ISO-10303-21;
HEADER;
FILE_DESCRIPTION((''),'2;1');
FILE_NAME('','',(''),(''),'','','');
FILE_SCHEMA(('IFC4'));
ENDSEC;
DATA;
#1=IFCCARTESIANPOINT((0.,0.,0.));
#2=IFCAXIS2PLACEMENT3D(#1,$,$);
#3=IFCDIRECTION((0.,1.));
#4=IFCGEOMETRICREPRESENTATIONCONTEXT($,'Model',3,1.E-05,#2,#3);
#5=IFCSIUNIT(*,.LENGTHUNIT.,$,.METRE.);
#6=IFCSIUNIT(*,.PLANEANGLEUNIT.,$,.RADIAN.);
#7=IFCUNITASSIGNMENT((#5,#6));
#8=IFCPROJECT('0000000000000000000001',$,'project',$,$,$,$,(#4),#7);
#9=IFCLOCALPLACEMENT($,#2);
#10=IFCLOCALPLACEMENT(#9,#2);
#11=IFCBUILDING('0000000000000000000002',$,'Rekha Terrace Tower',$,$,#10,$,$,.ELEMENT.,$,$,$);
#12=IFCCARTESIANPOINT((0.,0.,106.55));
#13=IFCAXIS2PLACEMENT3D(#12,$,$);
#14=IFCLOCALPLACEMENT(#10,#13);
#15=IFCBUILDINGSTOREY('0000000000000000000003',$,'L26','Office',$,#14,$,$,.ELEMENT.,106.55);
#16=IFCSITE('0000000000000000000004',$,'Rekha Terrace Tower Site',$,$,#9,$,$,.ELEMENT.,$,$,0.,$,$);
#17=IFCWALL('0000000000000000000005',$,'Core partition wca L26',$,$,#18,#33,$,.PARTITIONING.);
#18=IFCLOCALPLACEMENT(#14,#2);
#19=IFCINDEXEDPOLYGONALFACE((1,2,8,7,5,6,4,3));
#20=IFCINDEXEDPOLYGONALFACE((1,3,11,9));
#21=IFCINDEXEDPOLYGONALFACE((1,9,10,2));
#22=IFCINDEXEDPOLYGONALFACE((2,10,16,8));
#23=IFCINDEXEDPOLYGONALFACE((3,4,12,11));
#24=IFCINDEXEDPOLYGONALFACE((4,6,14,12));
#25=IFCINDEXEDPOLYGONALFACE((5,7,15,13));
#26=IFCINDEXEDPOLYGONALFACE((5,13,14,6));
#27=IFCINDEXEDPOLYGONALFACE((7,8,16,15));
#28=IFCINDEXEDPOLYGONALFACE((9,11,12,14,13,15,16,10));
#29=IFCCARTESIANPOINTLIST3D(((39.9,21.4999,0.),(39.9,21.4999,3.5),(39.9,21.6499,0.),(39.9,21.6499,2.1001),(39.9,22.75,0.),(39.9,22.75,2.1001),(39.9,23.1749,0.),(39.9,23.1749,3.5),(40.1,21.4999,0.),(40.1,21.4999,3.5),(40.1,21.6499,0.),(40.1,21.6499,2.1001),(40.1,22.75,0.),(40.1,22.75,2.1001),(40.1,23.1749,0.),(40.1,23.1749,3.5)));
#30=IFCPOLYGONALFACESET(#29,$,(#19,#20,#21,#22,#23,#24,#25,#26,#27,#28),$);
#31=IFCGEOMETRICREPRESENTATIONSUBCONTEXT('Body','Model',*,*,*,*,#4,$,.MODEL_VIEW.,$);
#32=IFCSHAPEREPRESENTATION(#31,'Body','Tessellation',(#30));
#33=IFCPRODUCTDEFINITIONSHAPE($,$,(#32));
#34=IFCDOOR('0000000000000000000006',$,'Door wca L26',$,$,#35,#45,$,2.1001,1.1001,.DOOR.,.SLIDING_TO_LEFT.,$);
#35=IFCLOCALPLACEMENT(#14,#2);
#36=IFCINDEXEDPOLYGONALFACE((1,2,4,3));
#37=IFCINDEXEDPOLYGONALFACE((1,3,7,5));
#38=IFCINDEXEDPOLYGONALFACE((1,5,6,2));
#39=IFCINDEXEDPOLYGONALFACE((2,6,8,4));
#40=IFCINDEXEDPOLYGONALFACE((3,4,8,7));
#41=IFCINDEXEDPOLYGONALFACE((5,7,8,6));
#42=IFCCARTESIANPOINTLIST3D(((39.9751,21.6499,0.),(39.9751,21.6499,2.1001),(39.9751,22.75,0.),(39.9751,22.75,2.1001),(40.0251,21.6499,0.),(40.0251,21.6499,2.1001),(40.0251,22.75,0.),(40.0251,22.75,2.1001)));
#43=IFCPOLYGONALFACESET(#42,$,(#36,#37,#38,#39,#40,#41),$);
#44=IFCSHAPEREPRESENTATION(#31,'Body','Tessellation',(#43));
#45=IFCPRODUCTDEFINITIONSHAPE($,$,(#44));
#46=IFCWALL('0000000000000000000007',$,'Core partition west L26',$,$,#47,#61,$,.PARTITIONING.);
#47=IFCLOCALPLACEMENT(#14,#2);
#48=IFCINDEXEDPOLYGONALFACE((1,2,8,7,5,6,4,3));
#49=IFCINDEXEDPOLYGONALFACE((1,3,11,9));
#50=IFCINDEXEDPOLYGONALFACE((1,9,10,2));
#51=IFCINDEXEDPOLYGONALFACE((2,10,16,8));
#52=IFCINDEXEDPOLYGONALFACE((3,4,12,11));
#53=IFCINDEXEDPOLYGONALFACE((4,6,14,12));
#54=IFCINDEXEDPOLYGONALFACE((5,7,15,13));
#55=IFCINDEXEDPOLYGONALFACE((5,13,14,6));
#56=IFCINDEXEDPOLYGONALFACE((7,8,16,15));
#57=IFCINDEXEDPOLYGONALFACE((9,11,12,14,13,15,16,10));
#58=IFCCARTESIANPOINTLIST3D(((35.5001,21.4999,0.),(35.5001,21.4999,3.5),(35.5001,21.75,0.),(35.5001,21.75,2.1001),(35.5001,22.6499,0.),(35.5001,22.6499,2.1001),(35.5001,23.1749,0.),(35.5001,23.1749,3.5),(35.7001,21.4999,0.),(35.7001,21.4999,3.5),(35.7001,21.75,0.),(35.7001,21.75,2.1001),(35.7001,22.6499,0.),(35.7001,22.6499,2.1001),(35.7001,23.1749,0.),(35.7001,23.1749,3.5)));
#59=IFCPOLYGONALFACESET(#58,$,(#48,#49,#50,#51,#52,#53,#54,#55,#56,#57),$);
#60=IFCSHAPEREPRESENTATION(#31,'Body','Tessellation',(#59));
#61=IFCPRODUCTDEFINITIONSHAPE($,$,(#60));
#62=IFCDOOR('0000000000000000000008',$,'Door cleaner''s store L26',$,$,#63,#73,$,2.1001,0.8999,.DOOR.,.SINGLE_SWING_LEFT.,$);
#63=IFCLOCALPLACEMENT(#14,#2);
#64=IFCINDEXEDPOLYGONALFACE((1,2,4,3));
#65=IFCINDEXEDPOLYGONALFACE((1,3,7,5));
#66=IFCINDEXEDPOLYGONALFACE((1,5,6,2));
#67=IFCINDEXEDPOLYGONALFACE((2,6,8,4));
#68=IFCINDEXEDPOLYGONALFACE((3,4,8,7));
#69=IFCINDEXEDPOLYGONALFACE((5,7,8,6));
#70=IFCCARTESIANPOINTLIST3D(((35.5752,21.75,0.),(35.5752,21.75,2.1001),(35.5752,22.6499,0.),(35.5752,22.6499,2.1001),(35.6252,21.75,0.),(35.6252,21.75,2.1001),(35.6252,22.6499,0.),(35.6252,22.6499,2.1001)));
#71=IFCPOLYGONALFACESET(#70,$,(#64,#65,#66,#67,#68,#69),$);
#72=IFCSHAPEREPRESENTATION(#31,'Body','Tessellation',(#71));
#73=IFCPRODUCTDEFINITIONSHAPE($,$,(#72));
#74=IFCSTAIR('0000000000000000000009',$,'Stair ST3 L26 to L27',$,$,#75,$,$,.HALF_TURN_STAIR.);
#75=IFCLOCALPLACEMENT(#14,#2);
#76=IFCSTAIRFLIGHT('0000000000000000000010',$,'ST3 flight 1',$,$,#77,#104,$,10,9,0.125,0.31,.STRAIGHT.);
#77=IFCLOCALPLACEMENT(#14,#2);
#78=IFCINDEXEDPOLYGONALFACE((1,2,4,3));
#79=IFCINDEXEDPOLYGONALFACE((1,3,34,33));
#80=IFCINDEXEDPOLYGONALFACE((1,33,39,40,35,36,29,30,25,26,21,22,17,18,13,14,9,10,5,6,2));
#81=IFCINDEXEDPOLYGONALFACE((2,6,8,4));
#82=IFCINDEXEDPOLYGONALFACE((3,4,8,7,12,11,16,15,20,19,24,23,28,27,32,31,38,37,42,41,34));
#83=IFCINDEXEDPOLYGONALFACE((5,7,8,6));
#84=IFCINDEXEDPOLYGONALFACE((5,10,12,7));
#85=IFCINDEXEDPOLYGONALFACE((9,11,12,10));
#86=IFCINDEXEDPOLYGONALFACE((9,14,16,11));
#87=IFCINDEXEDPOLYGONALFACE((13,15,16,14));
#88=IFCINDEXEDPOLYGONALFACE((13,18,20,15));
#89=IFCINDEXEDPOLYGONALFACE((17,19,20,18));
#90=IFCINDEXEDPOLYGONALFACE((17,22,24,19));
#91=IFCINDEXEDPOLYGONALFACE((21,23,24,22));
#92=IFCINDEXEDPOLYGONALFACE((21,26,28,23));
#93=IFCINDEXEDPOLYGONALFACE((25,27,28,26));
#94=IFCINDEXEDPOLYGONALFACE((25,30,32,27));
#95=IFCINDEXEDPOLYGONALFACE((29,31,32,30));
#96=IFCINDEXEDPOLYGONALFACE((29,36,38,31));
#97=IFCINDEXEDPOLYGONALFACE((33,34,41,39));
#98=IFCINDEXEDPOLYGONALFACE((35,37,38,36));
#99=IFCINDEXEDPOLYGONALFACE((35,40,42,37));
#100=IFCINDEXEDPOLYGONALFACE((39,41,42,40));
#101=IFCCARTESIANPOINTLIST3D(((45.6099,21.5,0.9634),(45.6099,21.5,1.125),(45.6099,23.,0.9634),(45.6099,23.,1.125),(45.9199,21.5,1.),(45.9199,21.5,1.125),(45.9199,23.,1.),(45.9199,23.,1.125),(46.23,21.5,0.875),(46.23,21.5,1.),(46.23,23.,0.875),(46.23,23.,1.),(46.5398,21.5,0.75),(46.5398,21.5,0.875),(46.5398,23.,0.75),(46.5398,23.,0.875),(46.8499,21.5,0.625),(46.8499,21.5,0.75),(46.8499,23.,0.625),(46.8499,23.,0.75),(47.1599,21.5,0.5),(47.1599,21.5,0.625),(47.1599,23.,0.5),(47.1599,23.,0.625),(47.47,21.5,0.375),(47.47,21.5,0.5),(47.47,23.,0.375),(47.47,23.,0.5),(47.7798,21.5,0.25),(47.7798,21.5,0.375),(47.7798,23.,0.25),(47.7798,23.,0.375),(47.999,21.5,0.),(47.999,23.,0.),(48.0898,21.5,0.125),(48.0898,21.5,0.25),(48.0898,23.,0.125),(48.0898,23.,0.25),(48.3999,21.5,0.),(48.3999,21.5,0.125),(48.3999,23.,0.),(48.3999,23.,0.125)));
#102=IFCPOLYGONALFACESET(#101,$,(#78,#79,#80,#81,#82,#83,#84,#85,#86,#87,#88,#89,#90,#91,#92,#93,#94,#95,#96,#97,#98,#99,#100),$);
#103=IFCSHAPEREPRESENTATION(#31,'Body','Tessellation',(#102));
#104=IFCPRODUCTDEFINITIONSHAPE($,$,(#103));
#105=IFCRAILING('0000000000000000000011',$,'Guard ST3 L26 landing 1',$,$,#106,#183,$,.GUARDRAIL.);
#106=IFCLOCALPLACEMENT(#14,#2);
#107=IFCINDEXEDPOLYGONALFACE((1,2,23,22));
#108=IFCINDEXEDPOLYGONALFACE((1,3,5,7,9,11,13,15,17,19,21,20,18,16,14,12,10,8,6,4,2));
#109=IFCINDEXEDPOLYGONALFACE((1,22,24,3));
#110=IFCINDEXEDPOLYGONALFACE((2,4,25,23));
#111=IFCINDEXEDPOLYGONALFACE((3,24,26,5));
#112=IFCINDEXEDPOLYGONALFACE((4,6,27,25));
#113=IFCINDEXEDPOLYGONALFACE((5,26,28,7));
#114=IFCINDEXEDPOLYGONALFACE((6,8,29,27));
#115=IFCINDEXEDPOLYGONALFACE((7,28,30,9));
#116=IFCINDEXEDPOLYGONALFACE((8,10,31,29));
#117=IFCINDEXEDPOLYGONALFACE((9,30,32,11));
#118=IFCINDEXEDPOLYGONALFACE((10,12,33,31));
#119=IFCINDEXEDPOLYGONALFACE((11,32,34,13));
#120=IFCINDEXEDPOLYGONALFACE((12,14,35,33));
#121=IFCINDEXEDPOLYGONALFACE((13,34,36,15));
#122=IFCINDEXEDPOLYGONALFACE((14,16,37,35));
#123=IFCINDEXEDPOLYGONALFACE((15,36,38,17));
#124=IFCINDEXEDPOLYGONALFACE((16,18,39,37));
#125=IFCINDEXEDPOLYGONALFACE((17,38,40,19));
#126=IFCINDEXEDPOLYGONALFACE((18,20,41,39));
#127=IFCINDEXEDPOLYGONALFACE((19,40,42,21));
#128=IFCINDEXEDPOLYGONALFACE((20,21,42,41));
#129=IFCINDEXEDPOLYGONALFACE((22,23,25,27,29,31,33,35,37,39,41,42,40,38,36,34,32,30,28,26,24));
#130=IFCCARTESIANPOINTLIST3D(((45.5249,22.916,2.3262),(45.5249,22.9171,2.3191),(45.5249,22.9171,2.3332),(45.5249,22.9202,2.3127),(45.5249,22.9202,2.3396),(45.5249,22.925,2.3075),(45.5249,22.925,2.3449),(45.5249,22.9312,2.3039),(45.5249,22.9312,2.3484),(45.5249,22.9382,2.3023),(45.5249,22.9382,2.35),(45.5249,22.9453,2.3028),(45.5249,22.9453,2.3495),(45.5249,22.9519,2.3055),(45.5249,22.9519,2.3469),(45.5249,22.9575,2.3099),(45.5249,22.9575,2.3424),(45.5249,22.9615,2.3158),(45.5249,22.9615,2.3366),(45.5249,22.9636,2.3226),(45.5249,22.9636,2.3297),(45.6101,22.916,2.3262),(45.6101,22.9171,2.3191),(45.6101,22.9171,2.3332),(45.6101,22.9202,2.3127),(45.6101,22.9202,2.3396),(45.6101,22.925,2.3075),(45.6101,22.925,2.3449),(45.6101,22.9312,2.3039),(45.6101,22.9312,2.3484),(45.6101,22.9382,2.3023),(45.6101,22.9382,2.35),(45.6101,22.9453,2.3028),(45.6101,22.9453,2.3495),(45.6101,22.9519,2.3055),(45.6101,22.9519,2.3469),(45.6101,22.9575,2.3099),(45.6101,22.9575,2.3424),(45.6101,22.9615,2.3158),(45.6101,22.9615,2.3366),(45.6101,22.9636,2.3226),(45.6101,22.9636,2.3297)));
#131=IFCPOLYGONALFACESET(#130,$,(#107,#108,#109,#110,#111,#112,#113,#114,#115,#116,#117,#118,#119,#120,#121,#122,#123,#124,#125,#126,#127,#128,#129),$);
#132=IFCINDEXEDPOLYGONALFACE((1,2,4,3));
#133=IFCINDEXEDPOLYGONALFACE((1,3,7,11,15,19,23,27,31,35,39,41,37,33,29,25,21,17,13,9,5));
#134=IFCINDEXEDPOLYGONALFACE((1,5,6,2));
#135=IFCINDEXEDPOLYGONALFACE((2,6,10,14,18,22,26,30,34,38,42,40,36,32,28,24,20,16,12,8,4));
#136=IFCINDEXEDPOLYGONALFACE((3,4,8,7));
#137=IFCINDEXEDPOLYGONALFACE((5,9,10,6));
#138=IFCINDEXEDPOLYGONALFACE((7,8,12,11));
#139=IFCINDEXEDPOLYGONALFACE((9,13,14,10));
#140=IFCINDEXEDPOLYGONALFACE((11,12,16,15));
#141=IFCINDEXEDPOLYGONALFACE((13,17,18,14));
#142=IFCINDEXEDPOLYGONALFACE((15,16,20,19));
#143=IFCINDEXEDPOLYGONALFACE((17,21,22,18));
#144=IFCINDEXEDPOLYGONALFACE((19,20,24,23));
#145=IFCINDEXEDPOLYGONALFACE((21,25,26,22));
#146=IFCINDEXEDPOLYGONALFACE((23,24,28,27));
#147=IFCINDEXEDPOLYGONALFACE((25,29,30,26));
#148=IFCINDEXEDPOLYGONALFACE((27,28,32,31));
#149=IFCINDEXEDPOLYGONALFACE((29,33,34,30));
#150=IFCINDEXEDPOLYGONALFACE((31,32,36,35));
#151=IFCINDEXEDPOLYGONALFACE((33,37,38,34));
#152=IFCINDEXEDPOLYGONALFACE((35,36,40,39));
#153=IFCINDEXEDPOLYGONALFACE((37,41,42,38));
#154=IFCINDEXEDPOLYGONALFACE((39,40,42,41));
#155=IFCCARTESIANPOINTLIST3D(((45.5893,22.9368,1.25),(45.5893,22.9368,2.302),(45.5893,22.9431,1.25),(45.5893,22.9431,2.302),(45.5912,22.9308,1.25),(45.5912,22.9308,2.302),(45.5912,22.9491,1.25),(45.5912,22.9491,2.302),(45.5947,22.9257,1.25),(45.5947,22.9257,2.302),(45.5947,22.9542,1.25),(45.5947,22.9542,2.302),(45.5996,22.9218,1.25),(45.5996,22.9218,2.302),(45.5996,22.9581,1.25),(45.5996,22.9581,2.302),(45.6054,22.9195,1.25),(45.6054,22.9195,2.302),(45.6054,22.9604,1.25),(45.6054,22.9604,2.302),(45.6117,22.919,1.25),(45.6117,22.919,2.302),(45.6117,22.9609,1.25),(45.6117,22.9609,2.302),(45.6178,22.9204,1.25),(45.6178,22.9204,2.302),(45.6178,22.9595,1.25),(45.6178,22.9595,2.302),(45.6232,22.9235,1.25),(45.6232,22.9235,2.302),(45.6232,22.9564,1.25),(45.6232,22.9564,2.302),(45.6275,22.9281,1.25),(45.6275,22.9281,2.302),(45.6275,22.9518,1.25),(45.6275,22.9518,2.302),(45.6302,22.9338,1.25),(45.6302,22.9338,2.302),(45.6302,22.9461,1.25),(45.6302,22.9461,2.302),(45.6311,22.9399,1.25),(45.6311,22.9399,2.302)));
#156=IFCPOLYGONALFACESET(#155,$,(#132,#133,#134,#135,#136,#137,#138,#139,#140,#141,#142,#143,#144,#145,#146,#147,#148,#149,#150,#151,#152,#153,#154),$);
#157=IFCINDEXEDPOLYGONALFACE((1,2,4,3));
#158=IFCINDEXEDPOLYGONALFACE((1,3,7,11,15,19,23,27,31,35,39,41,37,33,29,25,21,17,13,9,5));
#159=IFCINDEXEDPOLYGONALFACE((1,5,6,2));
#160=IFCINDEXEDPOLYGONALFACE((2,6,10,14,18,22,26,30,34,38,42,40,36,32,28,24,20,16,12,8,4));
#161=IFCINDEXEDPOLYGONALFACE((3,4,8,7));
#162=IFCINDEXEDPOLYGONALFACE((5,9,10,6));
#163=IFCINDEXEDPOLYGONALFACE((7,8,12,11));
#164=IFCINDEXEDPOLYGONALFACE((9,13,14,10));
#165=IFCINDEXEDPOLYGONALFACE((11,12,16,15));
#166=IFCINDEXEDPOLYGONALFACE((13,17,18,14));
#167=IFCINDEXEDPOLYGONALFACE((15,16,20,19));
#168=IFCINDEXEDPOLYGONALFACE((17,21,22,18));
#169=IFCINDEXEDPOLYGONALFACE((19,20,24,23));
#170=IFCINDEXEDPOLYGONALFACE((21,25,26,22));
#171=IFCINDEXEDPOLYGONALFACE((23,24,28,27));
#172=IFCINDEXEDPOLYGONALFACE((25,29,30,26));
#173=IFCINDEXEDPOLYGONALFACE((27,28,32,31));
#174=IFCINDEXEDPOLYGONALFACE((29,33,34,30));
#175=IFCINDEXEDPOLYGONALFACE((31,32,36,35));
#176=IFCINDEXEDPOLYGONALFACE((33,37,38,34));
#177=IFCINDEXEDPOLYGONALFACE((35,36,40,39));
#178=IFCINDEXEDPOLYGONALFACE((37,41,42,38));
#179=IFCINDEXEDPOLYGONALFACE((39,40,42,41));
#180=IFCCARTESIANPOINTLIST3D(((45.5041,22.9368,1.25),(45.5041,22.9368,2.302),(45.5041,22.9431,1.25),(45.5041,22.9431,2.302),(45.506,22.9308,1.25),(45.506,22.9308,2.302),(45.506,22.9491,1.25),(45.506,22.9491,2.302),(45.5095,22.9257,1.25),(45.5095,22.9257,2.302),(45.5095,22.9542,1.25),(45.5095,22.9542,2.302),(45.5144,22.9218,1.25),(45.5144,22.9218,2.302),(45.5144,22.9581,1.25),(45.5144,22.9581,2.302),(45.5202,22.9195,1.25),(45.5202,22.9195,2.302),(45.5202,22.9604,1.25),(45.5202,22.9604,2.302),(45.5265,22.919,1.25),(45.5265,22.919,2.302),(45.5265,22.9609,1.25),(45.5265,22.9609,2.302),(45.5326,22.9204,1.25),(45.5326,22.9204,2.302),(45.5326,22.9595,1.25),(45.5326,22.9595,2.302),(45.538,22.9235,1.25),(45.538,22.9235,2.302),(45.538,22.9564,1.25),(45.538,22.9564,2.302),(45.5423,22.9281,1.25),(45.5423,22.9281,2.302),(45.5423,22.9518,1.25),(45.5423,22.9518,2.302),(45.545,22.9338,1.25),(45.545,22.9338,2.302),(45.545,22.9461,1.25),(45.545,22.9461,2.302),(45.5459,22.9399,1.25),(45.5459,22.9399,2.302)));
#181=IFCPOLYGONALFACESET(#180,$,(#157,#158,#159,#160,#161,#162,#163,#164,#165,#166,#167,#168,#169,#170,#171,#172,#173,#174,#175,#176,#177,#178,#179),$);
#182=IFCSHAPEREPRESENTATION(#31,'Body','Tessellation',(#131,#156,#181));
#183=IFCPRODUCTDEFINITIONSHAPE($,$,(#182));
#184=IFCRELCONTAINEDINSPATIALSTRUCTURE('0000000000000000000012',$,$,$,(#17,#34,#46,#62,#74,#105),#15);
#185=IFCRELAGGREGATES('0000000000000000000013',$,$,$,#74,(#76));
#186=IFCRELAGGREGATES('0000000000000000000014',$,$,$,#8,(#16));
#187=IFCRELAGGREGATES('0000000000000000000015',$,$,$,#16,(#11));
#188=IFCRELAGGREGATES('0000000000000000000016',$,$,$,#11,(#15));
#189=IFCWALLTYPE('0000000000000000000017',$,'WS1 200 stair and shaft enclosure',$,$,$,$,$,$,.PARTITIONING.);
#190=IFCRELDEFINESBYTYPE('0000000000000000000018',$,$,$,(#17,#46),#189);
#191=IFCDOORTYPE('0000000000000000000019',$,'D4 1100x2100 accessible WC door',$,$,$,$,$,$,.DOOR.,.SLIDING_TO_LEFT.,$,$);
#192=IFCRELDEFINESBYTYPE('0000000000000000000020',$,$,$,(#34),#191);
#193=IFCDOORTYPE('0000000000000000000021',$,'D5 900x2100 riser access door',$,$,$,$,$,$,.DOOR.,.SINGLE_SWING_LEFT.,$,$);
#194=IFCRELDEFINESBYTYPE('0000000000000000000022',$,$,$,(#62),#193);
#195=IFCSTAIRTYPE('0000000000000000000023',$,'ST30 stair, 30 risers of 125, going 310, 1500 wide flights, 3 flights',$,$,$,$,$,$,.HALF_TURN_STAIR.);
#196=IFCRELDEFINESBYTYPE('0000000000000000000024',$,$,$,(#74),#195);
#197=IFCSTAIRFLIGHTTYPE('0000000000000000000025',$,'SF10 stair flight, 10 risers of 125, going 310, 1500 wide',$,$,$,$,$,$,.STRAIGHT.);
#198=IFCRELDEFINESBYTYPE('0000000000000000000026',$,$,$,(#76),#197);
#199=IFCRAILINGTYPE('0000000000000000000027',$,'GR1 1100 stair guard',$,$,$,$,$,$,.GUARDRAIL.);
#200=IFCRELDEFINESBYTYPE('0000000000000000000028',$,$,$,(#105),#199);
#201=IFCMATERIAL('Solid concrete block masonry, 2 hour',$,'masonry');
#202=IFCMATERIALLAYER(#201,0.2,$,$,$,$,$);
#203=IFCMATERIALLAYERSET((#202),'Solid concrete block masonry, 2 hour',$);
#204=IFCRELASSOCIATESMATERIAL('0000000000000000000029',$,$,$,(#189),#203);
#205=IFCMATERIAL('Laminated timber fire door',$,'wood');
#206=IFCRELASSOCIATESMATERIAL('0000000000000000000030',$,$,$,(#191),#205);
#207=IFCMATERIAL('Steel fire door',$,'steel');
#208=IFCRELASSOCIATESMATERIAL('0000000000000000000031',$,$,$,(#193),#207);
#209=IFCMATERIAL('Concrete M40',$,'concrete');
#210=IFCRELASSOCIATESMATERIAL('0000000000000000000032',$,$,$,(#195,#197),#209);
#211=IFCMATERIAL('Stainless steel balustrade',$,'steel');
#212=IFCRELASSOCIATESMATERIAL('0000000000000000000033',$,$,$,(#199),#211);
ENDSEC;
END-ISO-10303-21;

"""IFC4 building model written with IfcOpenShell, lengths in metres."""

from ifc_helpers import new_model, si_unit, direction, frame, frame_2d, origin, origin_2d, place, context, subcontext, project, spatial, polyline, rectangle, circle, outline, extrude, material, layer, layer_set, type_object, element, fill, aggregate, save


model = new_model("IFC4")

# Units and contexts
model_context = context("Model", 3, precision=1e-05, world=origin(), true_north=direction((0.0, 1.0)))
body_context = subcontext(model_context, "Body", "Model", "MODEL_VIEW")
ifc_project = project(units=[si_unit("LENGTHUNIT", "METRE"), si_unit("PLANEANGLEUNIT", "RADIAN")], contexts=[model_context])

# Site, building, storey
site_placement = place(None, origin())
site = spatial("IfcSite", under=ifc_project, at=site_placement, Name="Rekha Terrace Tower Site", CompositionType="ELEMENT", RefElevation=0.0)
building_placement = place(site_placement, origin())
building = spatial("IfcBuilding", under=site, at=building_placement, Name="Rekha Terrace Tower", CompositionType="ELEMENT")
storey_placement = place(building_placement, frame((0.0, 0.0, 106.55)))
storey = spatial("IfcBuildingStorey", under=building, at=storey_placement, Name="L26", Description="Office", CompositionType="ELEMENT", Elevation=106.55)

# Walls, openings, doors
ifc_material_1 = material(Name="Solid concrete block masonry, 2 hour", Category="masonry")
ifc_layer_1 = layer(ifc_material_1, 0.2)
ifc_layer_set_1 = layer_set([ifc_layer_1], Name="Solid concrete block masonry, 2 hour")
wall_type_1 = type_object("IfcWallType", Name="WS1 200 stair and shaft enclosure", PredefinedType="PARTITIONING", material=ifc_layer_set_1)
wall_1_placement = place(storey_placement, frame((40.0, 21.5, 0.0), z_axis=(0.0, 0.0, 1.0), x_axis=(0.0, 1.0, 0.0)))
wall_1 = element("IfcWall", 1, at=wall_1_placement, inside=storey, type_object=wall_type_1, Name="Core partition wca L26", PredefinedType="PARTITIONING", context=body_context, shape_type="SweptSolid", body=[
    extrude(rectangle(XDim=1.675, YDim=0.2, at=frame_2d((0.8374, 0.0))), origin(), (0.0, 0.0, 1.0), 3.5),
])
opening_1_placement = place(wall_1_placement, frame((0.1499, 0.0, 0.0)))
opening_1 = element("IfcOpeningElement", 2, at=opening_1_placement, cuts=wall_1, PredefinedType="OPENING", context=body_context, shape_type="SweptSolid", body=[
    extrude(rectangle(XDim=1.1001, YDim=2.1001, at=frame_2d((0.55, 1.05))), frame((0.0, 0.1099, 0.0), z_axis=(0.0, -1.0, 0.0), x_axis=(1.0, 0.0, 0.0)), (0.0, 0.0, 1.0), 0.22),
])
ifc_material_2 = material(Name="Laminated timber fire door", Category="wood")
door_type_1 = type_object("IfcDoorType", Name="D4 1100x2100 accessible WC door", OperationType="SLIDING_TO_LEFT", PredefinedType="DOOR", material=ifc_material_2)
door_1_placement = place(opening_1_placement, origin())
door_1 = element("IfcDoor", 3, at=door_1_placement, inside=storey, type_object=door_type_1, Name="Door wca L26", OperationType="SLIDING_TO_LEFT", OverallHeight=2.1001, OverallWidth=1.1001, PredefinedType="DOOR", context=body_context, shape_type="SweptSolid", body=[
    extrude(rectangle(XDim=1.1001, YDim=2.1001, at=frame_2d((0.55, 1.05))), frame((0.0, 0.0249, 0.0), z_axis=(0.0, -1.0, 0.0), x_axis=(1.0, 0.0, 0.0)), (0.0, 0.0, 1.0), 0.05),
])
fill(opening_1, door_1)
wall_2_placement = place(storey_placement, frame((35.6001, 21.5, 0.0), z_axis=(0.0, 0.0, 1.0), x_axis=(0.0, 1.0, 0.0)))
wall_2 = element("IfcWall", 4, at=wall_2_placement, inside=storey, type_object=wall_type_1, Name="Core partition west L26", PredefinedType="PARTITIONING", context=body_context, shape_type="SweptSolid", body=[
    extrude(rectangle(XDim=1.675, YDim=0.2, at=frame_2d((0.8374, 0.0))), origin(), (0.0, 0.0, 1.0), 3.5),
])
opening_2_placement = place(wall_2_placement, frame((0.25, 0.0, 0.0)))
opening_2 = element("IfcOpeningElement", 5, at=opening_2_placement, cuts=wall_2, PredefinedType="OPENING", context=body_context, shape_type="SweptSolid", body=[
    extrude(rectangle(XDim=0.8999, YDim=2.1001, at=frame_2d((0.45, 1.05))), frame((0.0, 0.1099, 0.0), z_axis=(0.0, -1.0, 0.0), x_axis=(1.0, 0.0, 0.0)), (0.0, 0.0, 1.0), 0.22),
])
ifc_material_3 = material(Name="Steel fire door", Category="steel")
door_type_2 = type_object("IfcDoorType", Name="D5 900x2100 riser access door", OperationType="SINGLE_SWING_LEFT", PredefinedType="DOOR", material=ifc_material_3)
door_2_placement = place(opening_2_placement, origin())
door_2 = element("IfcDoor", 6, at=door_2_placement, inside=storey, type_object=door_type_2, Name="Door cleaner's store L26", OperationType="SINGLE_SWING_LEFT", OverallHeight=2.1001, OverallWidth=0.8999, PredefinedType="DOOR", context=body_context, shape_type="SweptSolid", body=[
    extrude(rectangle(XDim=0.8999, YDim=2.1001, at=frame_2d((0.45, 1.05))), frame((0.0, 0.0249, 0.0), z_axis=(0.0, -1.0, 0.0), x_axis=(1.0, 0.0, 0.0)), (0.0, 0.0, 1.0), 0.05),
])
fill(opening_2, door_2)

# Stair, stair flight
ifc_material_4 = material(Name="Concrete M40", Category="concrete")
stair_type = type_object("IfcStairType", Name="ST30 stair, 30 risers of 125, going 310, 1500 wide flights, 3 flights", PredefinedType="HALF_TURN_STAIR", material=ifc_material_4)
stair_placement = place(storey_placement, origin())
stair = element("IfcStair", 7, at=stair_placement, inside=storey, type_object=stair_type, Name="Stair ST3 L26 to L27", PredefinedType="HALF_TURN_STAIR")
stair_flight_type = type_object("IfcStairFlightType", Name="SF10 stair flight, 10 risers of 125, going 310, 1500 wide", PredefinedType="STRAIGHT", material=ifc_material_4)
stair_flight_placement = place(storey_placement, frame((48.3999, 22.25, 0.0), z_axis=(0.0, 0.0, 1.0), x_axis=(-1.0, 0.0, 0.0)))
stair_flight = element("IfcStairFlight", 8, at=stair_flight_placement, type_object=stair_flight_type, Name="ST3 flight 1", NumberOfRisers=10, NumberOfTreads=9, PredefinedType="STRAIGHT", RiserHeight=0.125, TreadLength=0.31, context=body_context, shape_type="SweptSolid", body=[
    extrude(outline(polyline([(0.0, 0.0), (0.0, 0.125), (0.3101, 0.125), (0.3101, 0.25), (0.6201, 0.25), (0.6201, 0.375), (0.9299, 0.375), (0.9299, 0.5), (1.24, 0.5), (1.24, 0.625), (1.55, 0.625), (1.55, 0.75), (1.8601, 0.75), (1.8601, 0.875), (2.1699, 0.875), (2.1699, 1.0), (2.48, 1.0), (2.48, 1.125), (2.79, 1.125), (2.79, 1.25), (2.79, 0.9634), (0.4009, 0.0), (0.0, 0.0)])), frame((0.0, 0.75, 0.0), z_axis=(0.0, -1.0, 0.0), x_axis=(1.0, 0.0, 0.0)), (0.0, 0.0, 1.0), 1.5),
])
aggregate(stair, [stair_flight])

# Railing
ifc_material_5 = material(Name="Stainless steel balustrade", Category="steel")
railing_type_1 = type_object("IfcRailingType", Name="GR1 1100 stair guard", PredefinedType="GUARDRAIL", material=ifc_material_5)
railing_1_placement = place(storey_placement, frame((45.6101, 22.9399, 1.25)))
element("IfcRailing", 9, at=railing_1_placement, inside=storey, type_object=railing_type_1, Name="Guard ST3 L26 landing 1", PredefinedType="GUARDRAIL", context=body_context, shape_type="SweptSolid", body=[
    extrude(circle(Radius=0.0239, at=origin_2d()), frame((0.0, 0.0, 1.0762), z_axis=(-1.0, 0.0, 0.0), x_axis=(0.0, -1.0, 0.0)), (0.0, 0.0, 1.0), 0.0852),
    extrude(circle(Radius=0.021, at=origin_2d()), origin(), (0.0, 0.0, 1.0), 1.052),
    extrude(circle(Radius=0.021, at=origin_2d()), frame((-0.0852, 0.0, 0.0)), (0.0, 0.0, 1.0), 1.052),
])

save(model, "model.ifc")
